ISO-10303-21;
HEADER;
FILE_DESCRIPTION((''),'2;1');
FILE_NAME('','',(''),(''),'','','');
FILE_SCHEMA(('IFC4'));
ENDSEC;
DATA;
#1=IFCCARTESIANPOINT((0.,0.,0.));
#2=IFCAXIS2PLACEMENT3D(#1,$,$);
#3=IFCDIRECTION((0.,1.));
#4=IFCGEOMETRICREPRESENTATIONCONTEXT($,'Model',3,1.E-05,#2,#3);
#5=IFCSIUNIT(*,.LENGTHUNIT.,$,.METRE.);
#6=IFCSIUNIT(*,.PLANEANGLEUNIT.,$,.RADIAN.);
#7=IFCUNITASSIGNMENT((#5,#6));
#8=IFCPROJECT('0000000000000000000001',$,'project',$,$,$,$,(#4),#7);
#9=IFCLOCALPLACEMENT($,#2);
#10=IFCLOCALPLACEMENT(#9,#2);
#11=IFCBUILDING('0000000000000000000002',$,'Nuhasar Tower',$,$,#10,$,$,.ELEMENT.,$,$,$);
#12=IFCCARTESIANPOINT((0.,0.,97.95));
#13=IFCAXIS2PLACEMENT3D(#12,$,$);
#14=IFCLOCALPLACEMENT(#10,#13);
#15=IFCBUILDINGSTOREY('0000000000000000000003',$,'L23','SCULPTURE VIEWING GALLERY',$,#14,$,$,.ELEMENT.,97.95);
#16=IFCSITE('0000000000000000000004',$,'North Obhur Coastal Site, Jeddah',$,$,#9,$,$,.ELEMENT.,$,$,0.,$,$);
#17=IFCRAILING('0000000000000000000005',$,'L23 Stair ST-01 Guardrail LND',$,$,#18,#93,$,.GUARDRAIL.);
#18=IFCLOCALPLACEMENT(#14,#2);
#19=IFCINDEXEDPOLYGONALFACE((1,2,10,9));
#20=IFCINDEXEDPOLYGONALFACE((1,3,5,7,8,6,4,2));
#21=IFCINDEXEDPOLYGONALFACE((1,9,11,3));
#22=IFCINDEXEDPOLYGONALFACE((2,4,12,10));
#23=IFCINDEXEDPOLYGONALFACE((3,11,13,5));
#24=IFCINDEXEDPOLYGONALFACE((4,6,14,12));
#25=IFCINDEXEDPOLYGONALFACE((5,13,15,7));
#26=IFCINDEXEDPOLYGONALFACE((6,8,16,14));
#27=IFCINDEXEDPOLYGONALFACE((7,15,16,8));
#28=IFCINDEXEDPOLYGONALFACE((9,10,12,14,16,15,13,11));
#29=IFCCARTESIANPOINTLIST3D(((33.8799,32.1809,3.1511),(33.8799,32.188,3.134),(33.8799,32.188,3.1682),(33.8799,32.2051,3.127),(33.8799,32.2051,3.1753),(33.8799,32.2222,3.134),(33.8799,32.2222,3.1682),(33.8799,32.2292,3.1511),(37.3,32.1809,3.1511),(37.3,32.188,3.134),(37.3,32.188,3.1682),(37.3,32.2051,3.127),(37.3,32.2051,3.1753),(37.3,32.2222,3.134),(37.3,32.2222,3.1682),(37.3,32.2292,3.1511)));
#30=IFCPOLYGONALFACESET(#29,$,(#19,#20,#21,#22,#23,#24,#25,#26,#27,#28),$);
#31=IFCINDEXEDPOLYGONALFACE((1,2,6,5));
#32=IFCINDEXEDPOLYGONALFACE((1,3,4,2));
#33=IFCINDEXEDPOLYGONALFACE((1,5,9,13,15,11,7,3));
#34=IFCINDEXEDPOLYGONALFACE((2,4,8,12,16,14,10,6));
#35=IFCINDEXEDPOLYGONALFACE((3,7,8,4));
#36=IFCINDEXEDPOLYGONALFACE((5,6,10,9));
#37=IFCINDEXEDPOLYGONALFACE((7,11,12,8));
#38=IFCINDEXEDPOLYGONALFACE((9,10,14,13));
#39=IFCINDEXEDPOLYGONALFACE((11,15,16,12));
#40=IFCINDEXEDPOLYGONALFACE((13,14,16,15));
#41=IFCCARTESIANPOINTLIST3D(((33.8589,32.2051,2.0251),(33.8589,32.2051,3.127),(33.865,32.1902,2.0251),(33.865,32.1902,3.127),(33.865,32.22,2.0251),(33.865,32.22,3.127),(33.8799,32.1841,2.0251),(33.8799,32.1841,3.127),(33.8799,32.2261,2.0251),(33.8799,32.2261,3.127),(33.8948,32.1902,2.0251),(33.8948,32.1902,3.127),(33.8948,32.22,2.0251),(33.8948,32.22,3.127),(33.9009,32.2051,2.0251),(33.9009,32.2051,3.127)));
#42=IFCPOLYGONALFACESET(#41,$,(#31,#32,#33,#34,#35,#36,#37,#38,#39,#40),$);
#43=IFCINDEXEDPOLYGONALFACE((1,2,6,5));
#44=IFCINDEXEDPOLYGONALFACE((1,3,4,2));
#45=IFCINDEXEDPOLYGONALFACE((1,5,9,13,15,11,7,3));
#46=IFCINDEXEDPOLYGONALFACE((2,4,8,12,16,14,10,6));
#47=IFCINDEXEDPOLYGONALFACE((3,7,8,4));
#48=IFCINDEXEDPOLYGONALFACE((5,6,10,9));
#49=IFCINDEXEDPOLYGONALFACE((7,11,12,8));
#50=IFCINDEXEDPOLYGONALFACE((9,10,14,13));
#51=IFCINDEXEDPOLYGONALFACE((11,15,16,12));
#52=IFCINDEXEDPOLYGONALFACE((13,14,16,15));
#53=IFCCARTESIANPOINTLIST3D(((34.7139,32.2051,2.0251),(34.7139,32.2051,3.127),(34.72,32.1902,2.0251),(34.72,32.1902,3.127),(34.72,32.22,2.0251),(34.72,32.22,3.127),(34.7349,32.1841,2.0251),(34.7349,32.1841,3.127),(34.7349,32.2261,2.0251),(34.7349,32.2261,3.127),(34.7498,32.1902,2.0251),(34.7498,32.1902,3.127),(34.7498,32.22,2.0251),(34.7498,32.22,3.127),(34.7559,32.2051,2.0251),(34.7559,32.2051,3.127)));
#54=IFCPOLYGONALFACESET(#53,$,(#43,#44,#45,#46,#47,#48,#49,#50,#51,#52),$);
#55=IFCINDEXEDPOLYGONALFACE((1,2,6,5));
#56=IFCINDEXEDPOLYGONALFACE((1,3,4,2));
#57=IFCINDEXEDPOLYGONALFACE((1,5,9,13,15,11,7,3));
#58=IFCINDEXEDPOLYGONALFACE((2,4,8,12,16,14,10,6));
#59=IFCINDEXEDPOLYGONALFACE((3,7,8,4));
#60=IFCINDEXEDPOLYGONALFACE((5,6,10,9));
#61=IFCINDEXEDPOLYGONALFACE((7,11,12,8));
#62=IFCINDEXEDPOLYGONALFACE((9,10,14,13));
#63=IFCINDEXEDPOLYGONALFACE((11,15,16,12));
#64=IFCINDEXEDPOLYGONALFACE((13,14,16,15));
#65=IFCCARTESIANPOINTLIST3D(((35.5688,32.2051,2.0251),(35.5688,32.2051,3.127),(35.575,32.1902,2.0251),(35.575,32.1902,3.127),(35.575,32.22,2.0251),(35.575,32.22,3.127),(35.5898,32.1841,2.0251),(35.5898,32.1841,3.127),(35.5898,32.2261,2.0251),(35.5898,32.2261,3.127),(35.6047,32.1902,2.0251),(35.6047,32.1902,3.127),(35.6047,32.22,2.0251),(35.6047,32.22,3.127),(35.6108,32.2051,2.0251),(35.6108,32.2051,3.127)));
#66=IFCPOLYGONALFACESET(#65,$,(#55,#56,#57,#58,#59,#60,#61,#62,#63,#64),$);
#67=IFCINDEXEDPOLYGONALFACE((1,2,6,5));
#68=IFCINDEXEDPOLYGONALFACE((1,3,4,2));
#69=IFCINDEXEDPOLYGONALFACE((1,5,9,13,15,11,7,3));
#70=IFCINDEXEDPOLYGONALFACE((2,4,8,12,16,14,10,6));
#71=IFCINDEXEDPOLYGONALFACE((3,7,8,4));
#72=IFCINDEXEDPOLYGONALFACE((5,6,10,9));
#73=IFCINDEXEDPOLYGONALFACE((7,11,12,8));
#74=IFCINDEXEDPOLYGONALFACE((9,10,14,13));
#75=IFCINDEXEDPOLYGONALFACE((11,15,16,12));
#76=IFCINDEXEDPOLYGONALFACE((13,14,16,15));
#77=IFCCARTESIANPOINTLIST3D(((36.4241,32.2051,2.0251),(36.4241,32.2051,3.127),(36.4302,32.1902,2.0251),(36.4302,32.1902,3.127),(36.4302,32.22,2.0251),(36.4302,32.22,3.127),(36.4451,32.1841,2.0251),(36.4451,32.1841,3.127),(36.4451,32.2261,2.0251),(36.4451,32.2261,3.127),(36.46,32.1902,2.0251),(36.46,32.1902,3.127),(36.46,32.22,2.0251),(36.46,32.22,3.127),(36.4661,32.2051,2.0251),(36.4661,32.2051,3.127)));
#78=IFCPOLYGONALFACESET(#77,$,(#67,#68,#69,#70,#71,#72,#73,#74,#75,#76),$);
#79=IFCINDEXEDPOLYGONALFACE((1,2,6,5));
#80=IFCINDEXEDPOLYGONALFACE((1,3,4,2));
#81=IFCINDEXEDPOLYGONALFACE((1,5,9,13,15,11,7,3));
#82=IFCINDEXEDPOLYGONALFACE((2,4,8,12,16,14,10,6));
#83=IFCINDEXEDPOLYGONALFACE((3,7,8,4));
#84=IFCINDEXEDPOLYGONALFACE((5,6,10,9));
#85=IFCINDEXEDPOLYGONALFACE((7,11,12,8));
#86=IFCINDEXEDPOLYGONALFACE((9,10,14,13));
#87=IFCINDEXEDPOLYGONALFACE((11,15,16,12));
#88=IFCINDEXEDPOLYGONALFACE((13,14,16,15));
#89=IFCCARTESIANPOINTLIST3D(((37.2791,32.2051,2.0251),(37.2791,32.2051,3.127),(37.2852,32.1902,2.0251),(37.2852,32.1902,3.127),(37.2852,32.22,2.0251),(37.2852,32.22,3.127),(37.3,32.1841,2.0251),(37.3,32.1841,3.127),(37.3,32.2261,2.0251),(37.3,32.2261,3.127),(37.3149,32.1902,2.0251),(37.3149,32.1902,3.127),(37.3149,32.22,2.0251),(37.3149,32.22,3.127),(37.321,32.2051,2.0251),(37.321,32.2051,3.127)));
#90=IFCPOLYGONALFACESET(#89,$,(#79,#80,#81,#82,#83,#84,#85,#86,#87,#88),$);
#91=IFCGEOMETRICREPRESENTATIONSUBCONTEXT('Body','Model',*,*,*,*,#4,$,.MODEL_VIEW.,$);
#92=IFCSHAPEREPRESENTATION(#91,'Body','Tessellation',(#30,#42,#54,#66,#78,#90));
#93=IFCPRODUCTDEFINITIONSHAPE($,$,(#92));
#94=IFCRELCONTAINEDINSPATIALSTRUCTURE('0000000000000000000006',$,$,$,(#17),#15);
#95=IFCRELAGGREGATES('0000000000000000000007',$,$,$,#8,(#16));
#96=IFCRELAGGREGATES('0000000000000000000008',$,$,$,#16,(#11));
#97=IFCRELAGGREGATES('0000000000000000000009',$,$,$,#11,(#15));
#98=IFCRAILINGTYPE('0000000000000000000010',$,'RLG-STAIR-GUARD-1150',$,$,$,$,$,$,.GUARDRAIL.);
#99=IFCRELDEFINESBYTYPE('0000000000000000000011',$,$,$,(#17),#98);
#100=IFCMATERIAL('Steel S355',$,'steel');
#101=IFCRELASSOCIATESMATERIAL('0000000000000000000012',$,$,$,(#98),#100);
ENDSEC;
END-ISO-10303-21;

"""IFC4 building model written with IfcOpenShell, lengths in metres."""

from ifc_helpers import new_model, si_unit, direction, frame, origin, place, context, subcontext, project, spatial, polyline, outline, extrude, material, type_object, element, save


model = new_model("IFC4")

# Units and contexts
model_context = context("Model", 3, precision=1e-05, world=origin(), true_north=direction((0.0, 1.0)))
body_context = subcontext(model_context, "Body", "Model", "MODEL_VIEW")
ifc_project = project(units=[si_unit("LENGTHUNIT", "METRE"), si_unit("PLANEANGLEUNIT", "RADIAN")], contexts=[model_context])

# Site, building, storey
site_placement = place(None, origin())
site = spatial("IfcSite", under=ifc_project, at=site_placement, Name="North Obhur Coastal Site, Jeddah", CompositionType="ELEMENT", RefElevation=0.0)
building_placement = place(site_placement, origin())
building = spatial("IfcBuilding", under=site, at=building_placement, Name="Nuhasar Tower", CompositionType="ELEMENT")
storey_placement = place(building_placement, frame((0.0, 0.0, 97.95)))
storey = spatial("IfcBuildingStorey", under=building, at=storey_placement, Name="L23", Description="SCULPTURE VIEWING GALLERY", CompositionType="ELEMENT", Elevation=97.95)

# Shared definitions
ifc_material_1 = material(Name="Steel S355", Category="steel")

# Railing
railing_type_1 = type_object("IfcRailingType", Name="RLG-STAIR-GUARD-1150", PredefinedType="GUARDRAIL", material=ifc_material_1)
railing_1_placement = place(storey_placement, frame((33.8799, 32.2051, 2.0251)))
element("IfcRailing", 1, at=railing_1_placement, inside=storey, type_object=railing_type_1, Name="L23 Stair ST-01 Guardrail LND", PredefinedType="GUARDRAIL", context=body_context, shape_type="SweptSolid", body=[
    extrude(outline(polyline([(0.0242, 0.0), (0.0171, 0.0171), (0.0, 0.0242), (-0.0171, 0.0171), (-0.0242, 0.0), (-0.0171, -0.0171), (0.0, -0.0242), (0.0171, -0.0171), (0.0242, 0.0)])), frame((0.0, 0.0, 1.126), z_axis=(1.0, 0.0, 0.0), x_axis=(0.0, 1.0, 0.0)), (0.0, 0.0, 1.0), 3.4202),
    extrude(outline(polyline([(0.021, 0.0), (0.0149, 0.0149), (0.0, 0.021), (-0.0149, 0.0149), (-0.021, 0.0), (-0.0149, -0.0149), (0.0, -0.021), (0.0149, -0.0149), (0.021, 0.0)])), origin(), (0.0, 0.0, 1.0), 1.1018),
    extrude(outline(polyline([(0.021, 0.0), (0.0149, 0.0149), (0.0, 0.021), (-0.0149, 0.0149), (-0.021, 0.0), (-0.0149, -0.0149), (0.0, -0.021), (0.0149, -0.0149), (0.021, 0.0)])), frame((0.855, 0.0, 0.0)), (0.0, 0.0, 1.0), 1.1018),
    extrude(outline(polyline([(0.021, 0.0), (0.0149, 0.0149), (0.0, 0.021), (-0.0149, 0.0149), (-0.021, 0.0), (-0.0149, -0.0149), (0.0, -0.021), (0.0149, -0.0149), (0.021, 0.0)])), frame((1.71, 0.0, 0.0)), (0.0, 0.0, 1.0), 1.1018),
    extrude(outline(polyline([(0.021, 0.0), (0.0149, 0.0149), (0.0, 0.021), (-0.0149, 0.0149), (-0.021, 0.0), (-0.0149, -0.0149), (0.0, -0.021), (0.0149, -0.0149), (0.021, 0.0)])), frame((2.5652, 0.0, 0.0)), (0.0, 0.0, 1.0), 1.1018),
    extrude(outline(polyline([(0.021, 0.0), (0.0149, 0.0149), (0.0, 0.021), (-0.0149, 0.0149), (-0.021, 0.0), (-0.0149, -0.0149), (0.0, -0.021), (0.0149, -0.0149), (0.021, 0.0)])), frame((3.4202, 0.0, 0.0)), (0.0, 0.0, 1.0), 1.1018),
])

save(model, "model.ifc")
